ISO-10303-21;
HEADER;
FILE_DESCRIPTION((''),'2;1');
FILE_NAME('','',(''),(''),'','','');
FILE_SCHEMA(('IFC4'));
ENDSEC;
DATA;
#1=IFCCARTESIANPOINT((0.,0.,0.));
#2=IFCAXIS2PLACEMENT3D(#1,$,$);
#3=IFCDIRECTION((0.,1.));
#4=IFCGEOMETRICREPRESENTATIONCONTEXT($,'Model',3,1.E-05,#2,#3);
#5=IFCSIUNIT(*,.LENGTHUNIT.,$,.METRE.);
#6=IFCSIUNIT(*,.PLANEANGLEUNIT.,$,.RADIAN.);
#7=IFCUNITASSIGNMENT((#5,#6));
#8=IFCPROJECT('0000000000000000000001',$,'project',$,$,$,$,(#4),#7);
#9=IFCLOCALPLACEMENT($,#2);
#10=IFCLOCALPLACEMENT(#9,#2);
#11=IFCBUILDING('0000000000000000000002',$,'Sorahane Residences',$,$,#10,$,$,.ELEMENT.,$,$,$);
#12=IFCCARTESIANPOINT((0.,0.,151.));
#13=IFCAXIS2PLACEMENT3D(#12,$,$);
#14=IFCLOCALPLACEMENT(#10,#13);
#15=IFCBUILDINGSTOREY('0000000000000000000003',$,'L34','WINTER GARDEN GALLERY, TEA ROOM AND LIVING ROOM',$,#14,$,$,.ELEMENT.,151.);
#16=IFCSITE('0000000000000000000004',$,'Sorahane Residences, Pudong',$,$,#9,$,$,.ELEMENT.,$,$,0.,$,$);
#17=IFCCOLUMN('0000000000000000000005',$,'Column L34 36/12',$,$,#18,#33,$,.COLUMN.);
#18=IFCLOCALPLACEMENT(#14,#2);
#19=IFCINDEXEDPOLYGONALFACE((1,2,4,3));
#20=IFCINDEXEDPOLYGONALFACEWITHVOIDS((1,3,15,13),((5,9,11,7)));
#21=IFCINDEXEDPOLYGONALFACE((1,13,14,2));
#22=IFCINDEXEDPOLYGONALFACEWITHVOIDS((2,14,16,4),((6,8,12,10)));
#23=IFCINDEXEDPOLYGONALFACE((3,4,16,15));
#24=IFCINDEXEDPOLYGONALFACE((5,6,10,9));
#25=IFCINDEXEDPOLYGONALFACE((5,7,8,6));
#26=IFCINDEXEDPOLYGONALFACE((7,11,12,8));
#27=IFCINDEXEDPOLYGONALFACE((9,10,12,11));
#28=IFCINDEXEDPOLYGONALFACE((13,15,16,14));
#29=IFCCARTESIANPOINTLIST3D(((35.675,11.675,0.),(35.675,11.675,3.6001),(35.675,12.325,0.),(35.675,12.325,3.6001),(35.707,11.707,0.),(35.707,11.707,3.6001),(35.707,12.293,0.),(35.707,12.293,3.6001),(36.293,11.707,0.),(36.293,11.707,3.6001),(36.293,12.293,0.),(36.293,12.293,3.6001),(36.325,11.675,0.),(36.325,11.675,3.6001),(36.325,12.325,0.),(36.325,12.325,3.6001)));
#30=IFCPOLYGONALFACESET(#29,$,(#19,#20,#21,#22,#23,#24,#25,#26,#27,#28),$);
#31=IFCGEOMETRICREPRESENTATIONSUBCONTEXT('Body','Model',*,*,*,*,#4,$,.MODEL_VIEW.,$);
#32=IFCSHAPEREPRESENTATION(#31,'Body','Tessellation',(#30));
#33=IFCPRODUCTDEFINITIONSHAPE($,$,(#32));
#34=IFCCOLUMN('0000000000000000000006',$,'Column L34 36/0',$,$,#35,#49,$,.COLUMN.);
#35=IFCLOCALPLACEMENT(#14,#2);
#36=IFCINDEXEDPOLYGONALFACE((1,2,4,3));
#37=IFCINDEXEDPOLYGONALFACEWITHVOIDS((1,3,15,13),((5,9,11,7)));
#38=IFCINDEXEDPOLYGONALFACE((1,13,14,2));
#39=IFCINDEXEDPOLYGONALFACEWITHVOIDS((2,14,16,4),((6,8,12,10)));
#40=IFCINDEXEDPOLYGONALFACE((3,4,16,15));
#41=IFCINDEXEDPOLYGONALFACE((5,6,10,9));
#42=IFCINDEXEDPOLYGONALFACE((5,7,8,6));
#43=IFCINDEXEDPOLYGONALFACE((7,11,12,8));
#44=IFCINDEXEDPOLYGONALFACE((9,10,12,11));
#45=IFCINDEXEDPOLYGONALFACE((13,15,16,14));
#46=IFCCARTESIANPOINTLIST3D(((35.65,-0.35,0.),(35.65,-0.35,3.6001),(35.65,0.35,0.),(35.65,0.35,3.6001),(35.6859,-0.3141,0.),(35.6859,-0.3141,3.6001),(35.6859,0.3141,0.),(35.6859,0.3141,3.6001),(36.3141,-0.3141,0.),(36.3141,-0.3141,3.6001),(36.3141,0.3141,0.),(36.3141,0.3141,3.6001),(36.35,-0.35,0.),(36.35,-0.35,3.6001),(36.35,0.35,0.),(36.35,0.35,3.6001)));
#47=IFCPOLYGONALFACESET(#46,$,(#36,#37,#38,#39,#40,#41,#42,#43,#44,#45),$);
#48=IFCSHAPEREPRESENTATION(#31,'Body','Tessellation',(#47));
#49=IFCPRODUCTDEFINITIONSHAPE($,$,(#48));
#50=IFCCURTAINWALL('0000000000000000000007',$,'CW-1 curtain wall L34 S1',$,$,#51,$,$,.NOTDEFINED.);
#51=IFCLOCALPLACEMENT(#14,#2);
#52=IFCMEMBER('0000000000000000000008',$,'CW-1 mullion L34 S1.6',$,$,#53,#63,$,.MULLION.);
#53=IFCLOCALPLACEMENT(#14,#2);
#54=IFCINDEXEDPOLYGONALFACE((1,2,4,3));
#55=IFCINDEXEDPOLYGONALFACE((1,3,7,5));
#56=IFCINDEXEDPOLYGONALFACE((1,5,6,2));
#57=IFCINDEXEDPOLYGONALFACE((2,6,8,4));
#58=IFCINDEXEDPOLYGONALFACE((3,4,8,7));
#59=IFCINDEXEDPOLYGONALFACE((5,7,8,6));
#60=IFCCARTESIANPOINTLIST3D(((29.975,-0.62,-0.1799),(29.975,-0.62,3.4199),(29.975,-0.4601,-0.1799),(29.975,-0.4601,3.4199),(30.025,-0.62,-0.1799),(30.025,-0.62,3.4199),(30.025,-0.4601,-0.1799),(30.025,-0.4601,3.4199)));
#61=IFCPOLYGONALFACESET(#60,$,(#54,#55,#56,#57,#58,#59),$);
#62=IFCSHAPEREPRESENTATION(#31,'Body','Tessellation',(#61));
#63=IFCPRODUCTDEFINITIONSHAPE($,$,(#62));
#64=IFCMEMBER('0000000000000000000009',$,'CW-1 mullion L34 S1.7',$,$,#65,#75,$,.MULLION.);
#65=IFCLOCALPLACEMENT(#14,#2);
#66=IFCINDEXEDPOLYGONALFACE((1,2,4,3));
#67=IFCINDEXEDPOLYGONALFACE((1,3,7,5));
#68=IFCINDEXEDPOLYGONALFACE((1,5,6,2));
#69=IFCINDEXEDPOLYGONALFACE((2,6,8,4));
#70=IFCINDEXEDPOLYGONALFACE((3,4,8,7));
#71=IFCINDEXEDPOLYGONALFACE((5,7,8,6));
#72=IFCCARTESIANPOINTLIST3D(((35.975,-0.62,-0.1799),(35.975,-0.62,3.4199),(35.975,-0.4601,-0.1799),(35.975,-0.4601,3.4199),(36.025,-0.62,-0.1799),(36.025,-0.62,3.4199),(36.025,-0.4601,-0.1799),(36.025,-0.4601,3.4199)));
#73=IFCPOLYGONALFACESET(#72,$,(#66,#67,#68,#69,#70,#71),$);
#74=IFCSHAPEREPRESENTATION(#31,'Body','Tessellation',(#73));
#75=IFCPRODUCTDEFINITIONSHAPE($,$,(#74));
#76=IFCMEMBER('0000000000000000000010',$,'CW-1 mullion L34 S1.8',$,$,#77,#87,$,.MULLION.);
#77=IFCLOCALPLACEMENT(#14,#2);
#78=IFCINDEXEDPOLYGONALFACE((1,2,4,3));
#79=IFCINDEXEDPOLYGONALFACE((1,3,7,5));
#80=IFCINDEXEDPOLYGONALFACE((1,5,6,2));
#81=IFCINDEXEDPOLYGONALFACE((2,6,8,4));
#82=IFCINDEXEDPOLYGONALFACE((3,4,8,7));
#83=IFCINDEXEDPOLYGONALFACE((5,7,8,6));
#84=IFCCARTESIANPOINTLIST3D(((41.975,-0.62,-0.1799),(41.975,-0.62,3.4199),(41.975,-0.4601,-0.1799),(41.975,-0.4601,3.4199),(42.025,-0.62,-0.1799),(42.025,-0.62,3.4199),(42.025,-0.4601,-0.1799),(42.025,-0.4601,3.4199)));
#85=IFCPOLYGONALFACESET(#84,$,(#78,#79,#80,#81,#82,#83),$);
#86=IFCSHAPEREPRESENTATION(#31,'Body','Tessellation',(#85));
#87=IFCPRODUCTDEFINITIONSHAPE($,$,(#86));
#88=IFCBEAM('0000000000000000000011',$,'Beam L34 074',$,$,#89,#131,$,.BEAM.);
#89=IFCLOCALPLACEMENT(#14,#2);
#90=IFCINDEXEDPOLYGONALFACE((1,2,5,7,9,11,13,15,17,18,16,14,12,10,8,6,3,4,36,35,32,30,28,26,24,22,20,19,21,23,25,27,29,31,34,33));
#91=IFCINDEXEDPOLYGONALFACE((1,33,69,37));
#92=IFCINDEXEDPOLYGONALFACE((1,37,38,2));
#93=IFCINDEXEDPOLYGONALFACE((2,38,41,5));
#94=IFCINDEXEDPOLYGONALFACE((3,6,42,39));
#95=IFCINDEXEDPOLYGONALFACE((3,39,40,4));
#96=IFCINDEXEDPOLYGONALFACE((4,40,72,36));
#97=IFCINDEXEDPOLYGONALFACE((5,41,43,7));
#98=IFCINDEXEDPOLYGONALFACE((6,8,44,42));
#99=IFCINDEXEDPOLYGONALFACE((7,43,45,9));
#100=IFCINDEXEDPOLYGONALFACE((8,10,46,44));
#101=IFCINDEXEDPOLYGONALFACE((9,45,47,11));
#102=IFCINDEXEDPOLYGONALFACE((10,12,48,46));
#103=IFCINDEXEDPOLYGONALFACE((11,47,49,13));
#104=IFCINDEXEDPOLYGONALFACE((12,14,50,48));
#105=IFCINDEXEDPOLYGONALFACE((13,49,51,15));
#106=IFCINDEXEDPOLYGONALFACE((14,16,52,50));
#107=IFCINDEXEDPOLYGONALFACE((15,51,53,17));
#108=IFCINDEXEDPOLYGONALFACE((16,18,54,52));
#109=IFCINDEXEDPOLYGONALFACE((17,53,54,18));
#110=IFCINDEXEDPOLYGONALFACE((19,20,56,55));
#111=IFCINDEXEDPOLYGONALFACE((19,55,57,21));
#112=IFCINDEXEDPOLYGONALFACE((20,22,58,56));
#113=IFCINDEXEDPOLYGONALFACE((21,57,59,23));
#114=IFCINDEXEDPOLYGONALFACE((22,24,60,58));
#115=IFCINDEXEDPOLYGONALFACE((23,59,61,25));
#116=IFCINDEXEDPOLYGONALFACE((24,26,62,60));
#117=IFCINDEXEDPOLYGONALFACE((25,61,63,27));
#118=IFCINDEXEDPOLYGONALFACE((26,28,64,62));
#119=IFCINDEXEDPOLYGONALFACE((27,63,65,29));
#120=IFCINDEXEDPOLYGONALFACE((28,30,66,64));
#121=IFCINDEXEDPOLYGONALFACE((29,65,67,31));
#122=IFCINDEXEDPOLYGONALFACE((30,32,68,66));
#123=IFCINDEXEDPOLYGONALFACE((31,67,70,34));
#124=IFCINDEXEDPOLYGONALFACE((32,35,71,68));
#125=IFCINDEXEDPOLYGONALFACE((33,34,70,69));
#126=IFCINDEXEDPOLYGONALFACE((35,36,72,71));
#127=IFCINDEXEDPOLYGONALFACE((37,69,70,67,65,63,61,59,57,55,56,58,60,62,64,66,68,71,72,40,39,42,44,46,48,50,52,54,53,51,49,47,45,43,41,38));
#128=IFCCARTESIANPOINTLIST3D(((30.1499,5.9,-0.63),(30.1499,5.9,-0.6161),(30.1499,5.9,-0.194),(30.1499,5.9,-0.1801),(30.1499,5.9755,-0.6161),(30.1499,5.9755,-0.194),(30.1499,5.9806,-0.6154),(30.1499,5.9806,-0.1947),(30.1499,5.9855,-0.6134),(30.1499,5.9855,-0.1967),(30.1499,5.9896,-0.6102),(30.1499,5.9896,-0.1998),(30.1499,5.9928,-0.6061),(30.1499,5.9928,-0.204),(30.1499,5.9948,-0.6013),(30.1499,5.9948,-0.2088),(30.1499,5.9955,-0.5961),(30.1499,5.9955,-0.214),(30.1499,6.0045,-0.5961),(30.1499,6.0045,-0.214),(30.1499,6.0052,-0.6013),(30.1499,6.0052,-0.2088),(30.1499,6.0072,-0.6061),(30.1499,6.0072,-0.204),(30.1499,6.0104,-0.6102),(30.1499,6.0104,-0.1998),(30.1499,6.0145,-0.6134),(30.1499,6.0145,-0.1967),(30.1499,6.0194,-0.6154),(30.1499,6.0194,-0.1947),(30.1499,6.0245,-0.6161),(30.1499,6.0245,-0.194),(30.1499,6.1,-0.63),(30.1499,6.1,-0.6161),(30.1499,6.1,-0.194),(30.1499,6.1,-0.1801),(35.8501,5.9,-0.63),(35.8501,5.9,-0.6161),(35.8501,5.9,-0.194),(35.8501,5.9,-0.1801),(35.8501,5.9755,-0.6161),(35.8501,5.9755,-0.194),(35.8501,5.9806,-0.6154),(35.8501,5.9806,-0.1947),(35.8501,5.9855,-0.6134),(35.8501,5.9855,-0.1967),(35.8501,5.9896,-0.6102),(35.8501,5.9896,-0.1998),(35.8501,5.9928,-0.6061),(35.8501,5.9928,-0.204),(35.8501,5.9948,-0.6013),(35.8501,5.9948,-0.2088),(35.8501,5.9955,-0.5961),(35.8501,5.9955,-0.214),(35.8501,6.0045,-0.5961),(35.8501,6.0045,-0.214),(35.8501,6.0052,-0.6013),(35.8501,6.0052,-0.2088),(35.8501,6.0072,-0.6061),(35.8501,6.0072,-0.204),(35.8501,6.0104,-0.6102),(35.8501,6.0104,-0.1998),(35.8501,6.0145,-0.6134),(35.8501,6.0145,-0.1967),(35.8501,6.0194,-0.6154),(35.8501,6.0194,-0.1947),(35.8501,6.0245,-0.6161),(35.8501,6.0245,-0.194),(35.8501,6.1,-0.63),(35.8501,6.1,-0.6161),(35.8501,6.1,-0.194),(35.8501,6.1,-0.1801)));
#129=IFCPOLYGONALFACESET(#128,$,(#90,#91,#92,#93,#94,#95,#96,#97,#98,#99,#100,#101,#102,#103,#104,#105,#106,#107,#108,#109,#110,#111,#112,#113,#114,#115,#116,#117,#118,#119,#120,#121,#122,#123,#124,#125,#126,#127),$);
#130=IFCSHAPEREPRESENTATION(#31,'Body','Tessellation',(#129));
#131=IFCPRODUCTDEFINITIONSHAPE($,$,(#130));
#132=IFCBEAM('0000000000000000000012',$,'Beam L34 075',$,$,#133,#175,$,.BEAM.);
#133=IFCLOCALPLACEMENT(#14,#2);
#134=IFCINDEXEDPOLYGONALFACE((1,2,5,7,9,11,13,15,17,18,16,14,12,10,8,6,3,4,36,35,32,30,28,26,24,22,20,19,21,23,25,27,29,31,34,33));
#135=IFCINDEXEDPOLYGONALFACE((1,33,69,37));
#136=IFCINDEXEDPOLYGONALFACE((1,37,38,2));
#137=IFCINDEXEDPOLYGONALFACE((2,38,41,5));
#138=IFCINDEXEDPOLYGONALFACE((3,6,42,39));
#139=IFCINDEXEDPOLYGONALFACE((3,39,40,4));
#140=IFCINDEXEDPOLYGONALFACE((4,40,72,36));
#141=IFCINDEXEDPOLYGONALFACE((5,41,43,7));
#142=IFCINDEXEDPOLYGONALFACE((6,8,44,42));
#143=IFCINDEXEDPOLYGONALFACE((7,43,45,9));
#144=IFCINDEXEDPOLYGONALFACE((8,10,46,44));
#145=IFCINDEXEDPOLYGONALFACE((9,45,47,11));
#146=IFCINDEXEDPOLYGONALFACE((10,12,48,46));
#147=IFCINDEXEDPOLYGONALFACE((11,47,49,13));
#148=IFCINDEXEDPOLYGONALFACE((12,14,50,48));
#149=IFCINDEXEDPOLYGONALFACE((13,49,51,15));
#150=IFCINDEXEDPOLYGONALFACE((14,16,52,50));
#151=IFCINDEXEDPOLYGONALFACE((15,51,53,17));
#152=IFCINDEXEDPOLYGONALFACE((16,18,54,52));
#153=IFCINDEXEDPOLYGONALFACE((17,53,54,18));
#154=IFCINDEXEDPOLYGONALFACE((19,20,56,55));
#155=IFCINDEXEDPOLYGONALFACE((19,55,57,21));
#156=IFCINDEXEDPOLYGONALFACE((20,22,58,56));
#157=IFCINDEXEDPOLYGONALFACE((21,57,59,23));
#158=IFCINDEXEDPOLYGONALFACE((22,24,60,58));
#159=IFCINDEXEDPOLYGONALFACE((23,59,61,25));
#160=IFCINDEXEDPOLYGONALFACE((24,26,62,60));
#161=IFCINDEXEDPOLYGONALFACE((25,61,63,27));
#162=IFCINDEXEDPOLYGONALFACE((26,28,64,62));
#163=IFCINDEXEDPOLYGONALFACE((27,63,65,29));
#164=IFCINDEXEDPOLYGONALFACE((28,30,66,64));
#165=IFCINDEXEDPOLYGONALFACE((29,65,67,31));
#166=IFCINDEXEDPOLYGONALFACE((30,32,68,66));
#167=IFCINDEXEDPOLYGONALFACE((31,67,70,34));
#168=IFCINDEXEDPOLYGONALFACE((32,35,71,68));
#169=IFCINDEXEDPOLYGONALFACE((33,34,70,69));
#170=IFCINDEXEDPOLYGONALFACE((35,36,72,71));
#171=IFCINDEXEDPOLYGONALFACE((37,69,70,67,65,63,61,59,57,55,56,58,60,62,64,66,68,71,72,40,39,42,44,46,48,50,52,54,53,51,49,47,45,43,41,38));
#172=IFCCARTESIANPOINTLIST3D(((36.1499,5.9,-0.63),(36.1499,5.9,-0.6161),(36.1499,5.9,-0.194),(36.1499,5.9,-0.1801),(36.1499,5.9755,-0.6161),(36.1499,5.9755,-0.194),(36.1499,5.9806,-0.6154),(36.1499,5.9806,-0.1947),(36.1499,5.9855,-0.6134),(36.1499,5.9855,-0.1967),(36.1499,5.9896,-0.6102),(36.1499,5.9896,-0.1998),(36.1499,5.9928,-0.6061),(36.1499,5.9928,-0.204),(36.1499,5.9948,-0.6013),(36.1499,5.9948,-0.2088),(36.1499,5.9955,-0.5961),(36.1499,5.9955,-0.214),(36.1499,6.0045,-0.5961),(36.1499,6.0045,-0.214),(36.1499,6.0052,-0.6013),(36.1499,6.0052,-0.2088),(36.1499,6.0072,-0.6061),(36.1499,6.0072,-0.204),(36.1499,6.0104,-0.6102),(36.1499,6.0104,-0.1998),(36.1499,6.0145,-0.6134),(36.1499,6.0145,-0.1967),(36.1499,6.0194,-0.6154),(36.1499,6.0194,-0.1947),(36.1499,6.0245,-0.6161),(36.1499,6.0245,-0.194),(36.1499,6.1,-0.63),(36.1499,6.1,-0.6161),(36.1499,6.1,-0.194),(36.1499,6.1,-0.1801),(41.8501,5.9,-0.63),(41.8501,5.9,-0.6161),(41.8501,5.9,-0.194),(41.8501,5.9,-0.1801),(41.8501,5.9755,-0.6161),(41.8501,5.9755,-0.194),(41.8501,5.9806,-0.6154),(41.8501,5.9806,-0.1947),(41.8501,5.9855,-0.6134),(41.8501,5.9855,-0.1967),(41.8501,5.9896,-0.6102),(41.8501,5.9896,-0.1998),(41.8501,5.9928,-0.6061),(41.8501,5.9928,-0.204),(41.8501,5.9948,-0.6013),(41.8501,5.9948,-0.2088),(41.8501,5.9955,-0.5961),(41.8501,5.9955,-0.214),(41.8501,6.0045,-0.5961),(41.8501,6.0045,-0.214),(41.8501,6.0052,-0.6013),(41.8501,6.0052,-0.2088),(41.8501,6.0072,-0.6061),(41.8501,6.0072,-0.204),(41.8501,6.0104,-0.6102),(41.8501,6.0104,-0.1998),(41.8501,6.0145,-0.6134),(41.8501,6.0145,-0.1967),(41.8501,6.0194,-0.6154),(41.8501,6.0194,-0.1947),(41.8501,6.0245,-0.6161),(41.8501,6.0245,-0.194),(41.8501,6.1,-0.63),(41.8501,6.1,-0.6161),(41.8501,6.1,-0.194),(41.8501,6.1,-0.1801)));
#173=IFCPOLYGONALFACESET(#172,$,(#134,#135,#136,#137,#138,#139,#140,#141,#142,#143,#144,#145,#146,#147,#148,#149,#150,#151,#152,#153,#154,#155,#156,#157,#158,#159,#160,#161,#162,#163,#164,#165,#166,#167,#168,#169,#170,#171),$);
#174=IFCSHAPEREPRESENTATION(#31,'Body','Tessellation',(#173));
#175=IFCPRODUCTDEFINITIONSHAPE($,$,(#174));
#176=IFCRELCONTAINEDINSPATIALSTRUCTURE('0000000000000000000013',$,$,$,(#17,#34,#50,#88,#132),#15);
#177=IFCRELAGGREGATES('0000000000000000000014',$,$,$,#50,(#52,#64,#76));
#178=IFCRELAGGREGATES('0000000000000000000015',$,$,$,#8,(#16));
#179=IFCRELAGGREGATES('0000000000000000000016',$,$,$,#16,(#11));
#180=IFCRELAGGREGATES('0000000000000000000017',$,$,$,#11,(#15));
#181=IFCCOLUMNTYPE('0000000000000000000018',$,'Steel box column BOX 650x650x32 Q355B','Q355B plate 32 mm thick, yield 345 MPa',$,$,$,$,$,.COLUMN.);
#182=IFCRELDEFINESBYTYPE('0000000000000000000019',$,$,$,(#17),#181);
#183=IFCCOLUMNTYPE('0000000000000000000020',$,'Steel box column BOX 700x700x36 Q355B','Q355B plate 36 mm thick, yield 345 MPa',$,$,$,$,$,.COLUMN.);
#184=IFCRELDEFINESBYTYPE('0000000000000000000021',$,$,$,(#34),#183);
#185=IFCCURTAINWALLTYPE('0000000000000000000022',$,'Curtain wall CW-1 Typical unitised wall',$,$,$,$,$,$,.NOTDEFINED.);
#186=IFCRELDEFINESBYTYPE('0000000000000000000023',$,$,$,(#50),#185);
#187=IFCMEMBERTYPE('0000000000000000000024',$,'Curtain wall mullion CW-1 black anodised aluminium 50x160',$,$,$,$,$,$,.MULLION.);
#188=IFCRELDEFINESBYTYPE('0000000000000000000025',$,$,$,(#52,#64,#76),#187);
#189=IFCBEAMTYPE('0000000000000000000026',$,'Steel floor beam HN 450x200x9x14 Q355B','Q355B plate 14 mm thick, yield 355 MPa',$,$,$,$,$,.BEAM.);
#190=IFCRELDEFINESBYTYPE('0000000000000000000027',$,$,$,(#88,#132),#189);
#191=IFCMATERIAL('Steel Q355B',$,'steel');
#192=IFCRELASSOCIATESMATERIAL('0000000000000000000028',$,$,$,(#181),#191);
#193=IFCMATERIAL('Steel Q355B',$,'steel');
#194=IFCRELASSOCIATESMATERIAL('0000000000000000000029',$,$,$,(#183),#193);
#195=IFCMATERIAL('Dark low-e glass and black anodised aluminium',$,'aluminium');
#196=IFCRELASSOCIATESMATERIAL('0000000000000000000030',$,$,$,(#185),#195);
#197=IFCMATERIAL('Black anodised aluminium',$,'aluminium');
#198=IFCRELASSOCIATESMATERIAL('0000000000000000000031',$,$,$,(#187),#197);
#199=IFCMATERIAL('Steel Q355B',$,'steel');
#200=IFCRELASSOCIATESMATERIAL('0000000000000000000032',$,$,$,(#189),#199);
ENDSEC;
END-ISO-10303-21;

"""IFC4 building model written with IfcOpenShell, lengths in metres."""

from ifc_helpers import new_model, si_unit, direction, frame, origin, origin_2d, place, context, subcontext, project, spatial, rectangle, hollow_rectangle, i_section, extrude, material, material_profile, profile_set, type_object, element, aggregate, save


model = new_model("IFC4")

# Units and contexts
model_context = context("Model", 3, precision=1e-05, world=origin(), true_north=direction((0.0, 1.0)))
body_context = subcontext(model_context, "Body", "Model", "MODEL_VIEW")
ifc_project = project(units=[si_unit("LENGTHUNIT", "METRE"), si_unit("PLANEANGLEUNIT", "RADIAN")], contexts=[model_context])

# Site, building, storey
site_placement = place(None, origin())
site = spatial("IfcSite", under=ifc_project, at=site_placement, Name="Sorahane Residences, Pudong", CompositionType="ELEMENT", RefElevation=0.0)
building_placement = place(site_placement, origin())
building = spatial("IfcBuilding", under=site, at=building_placement, Name="Sorahane Residences", CompositionType="ELEMENT")
storey_placement = place(building_placement, frame((0.0, 0.0, 151.0)))
storey = spatial("IfcBuildingStorey", under=building, at=storey_placement, Name="L34", Description="WINTER GARDEN GALLERY, TEA ROOM AND LIVING ROOM", CompositionType="ELEMENT", Elevation=151.0)

# Columns
ifc_material_1 = material(Name="Steel Q355B", Category="steel")
ifc_material_profile_1 = material_profile(ifc_material_1, hollow_rectangle(XDim=0.6499, YDim=0.6499, WallThickness=0.032, at=origin_2d()), Name="BOX 650x650x32")
ifc_profile_set_1 = profile_set([ifc_material_profile_1], Name="Steel Q355B")
column_type_1 = type_object("IfcColumnType", Name="Steel box column BOX 650x650x32 Q355B", Description="Q355B plate 32 mm thick, yield 345 MPa", PredefinedType="COLUMN", material=ifc_profile_set_1)
column_1_placement = place(storey_placement, frame((36.0, 12.0, 0.0), z_axis=(0.0, 0.0, 1.0), x_axis=(1.0, 0.0, 0.0)))
element("IfcColumn", 1, at=column_1_placement, inside=storey, type_object=column_type_1, Name="Column L34 36/12", PredefinedType="COLUMN", context=body_context, shape_type="SweptSolid", body=[
    extrude(hollow_rectangle(XDim=0.6499, YDim=0.6499, WallThickness=0.032, at=origin_2d()), origin(), (0.0, 0.0, 1.0), 3.6001),
])
ifc_material_2 = material(Name="Steel Q355B", Category="steel")
ifc_material_profile_2 = material_profile(ifc_material_2, hollow_rectangle(XDim=0.7, YDim=0.7, WallThickness=0.0359, at=origin_2d()), Name="BOX 700x700x36")
ifc_profile_set_2 = profile_set([ifc_material_profile_2], Name="Steel Q355B")
column_type_2 = type_object("IfcColumnType", Name="Steel box column BOX 700x700x36 Q355B", Description="Q355B plate 36 mm thick, yield 345 MPa", PredefinedType="COLUMN", material=ifc_profile_set_2)
column_2_placement = place(storey_placement, frame((36.0, 0.0, 0.0), z_axis=(0.0, 0.0, 1.0), x_axis=(1.0, 0.0, 0.0)))
element("IfcColumn", 2, at=column_2_placement, inside=storey, type_object=column_type_2, Name="Column L34 36/0", PredefinedType="COLUMN", context=body_context, shape_type="SweptSolid", body=[
    extrude(hollow_rectangle(XDim=0.7, YDim=0.7, WallThickness=0.0359, at=origin_2d()), origin(), (0.0, 0.0, 1.0), 3.6001),
])

# Curtain wall, members
ifc_material_3 = material(Name="Dark low-e glass and black anodised aluminium", Category="aluminium")
curtain_wall_type = type_object("IfcCurtainWallType", Name="Curtain wall CW-1 Typical unitised wall", PredefinedType="NOTDEFINED", material=ifc_material_3)
curtain_wall_placement = place(storey_placement, origin())
curtain_wall = element("IfcCurtainWall", 3, at=curtain_wall_placement, inside=storey, type_object=curtain_wall_type, Name="CW-1 curtain wall L34 S1", PredefinedType="NOTDEFINED")
ifc_material_4 = material(Name="Black anodised aluminium", Category="aluminium")
ifc_material_profile_3 = material_profile(ifc_material_4, rectangle(XDim=0.1599, YDim=0.05, at=origin_2d()), Name="Curtain wall mullion CW-1 black anodised aluminium 50x160")
ifc_profile_set_3 = profile_set([ifc_material_profile_3], Name="Black anodised aluminium")
member_type = type_object("IfcMemberType", Name="Curtain wall mullion CW-1 black anodised aluminium 50x160", PredefinedType="MULLION", material=ifc_profile_set_3)
member_1_placement = place(storey_placement, frame((30.0, -0.54, -0.1799), z_axis=(0.0, 0.0, 1.0), x_axis=(0.0, -1.0, 0.0)))
member_1 = element("IfcMember", 4, at=member_1_placement, type_object=member_type, Name="CW-1 mullion L34 S1.6", PredefinedType="MULLION", context=body_context, shape_type="SweptSolid", body=[
    extrude(rectangle(XDim=0.1599, YDim=0.05, at=origin_2d()), origin(), (0.0, 0.0, 1.0), 3.5999),
])
member_2_placement = place(storey_placement, frame((36.0, -0.54, -0.1799), z_axis=(0.0, 0.0, 1.0), x_axis=(0.0, -1.0, 0.0)))
member_2 = element("IfcMember", 5, at=member_2_placement, type_object=member_type, Name="CW-1 mullion L34 S1.7", PredefinedType="MULLION", context=body_context, shape_type="SweptSolid", body=[
    extrude(rectangle(XDim=0.1599, YDim=0.05, at=origin_2d()), origin(), (0.0, 0.0, 1.0), 3.5999),
])
member_3_placement = place(storey_placement, frame((42.0, -0.54, -0.1799), z_axis=(0.0, 0.0, 1.0), x_axis=(0.0, -1.0, 0.0)))
member_3 = element("IfcMember", 6, at=member_3_placement, type_object=member_type, Name="CW-1 mullion L34 S1.8", PredefinedType="MULLION", context=body_context, shape_type="SweptSolid", body=[
    extrude(rectangle(XDim=0.1599, YDim=0.05, at=origin_2d()), origin(), (0.0, 0.0, 1.0), 3.5999),
])

# Beams
ifc_material_5 = material(Name="Steel Q355B", Category="steel")
ifc_material_profile_4 = material_profile(ifc_material_5, i_section(OverallWidth=0.2, OverallDepth=0.45, WebThickness=0.009, FlangeThickness=0.0139, FilletRadius=0.02, at=origin_2d()), Name="HN 450x200x9x14")
ifc_profile_set_4 = profile_set([ifc_material_profile_4], Name="Steel Q355B")
beam_type_1 = type_object("IfcBeamType", Name="Steel floor beam HN 450x200x9x14 Q355B", Description="Q355B plate 14 mm thick, yield 355 MPa", PredefinedType="BEAM", material=ifc_profile_set_4)
for number, where, z_axis, x_axis, name in (
    (7, (30.1499, 6.0, -0.405), (1.0, 0.0, 0.0), (0.0, 1.0, 0.0), "Beam L34 074"),
    (8, (36.1499, 6.0, -0.405), (1.0, 0.0, 0.0), (0.0, 1.0, 0.0), "Beam L34 075"),
):
    element("IfcBeam", number, at=place(storey_placement, frame(where, z_axis=z_axis, x_axis=x_axis)), inside=storey, type_object=beam_type_1, Name=name, PredefinedType="BEAM", context=body_context, shape_type="SweptSolid", body=[
        extrude(i_section(OverallWidth=0.2, OverallDepth=0.45, WebThickness=0.009, FlangeThickness=0.0139, FilletRadius=0.02, at=origin_2d()), origin(), (0.0, 0.0, 1.0), 5.7002),
    ])

aggregate(curtain_wall, [member_1, member_2, member_3])

save(model, "model.ifc")
